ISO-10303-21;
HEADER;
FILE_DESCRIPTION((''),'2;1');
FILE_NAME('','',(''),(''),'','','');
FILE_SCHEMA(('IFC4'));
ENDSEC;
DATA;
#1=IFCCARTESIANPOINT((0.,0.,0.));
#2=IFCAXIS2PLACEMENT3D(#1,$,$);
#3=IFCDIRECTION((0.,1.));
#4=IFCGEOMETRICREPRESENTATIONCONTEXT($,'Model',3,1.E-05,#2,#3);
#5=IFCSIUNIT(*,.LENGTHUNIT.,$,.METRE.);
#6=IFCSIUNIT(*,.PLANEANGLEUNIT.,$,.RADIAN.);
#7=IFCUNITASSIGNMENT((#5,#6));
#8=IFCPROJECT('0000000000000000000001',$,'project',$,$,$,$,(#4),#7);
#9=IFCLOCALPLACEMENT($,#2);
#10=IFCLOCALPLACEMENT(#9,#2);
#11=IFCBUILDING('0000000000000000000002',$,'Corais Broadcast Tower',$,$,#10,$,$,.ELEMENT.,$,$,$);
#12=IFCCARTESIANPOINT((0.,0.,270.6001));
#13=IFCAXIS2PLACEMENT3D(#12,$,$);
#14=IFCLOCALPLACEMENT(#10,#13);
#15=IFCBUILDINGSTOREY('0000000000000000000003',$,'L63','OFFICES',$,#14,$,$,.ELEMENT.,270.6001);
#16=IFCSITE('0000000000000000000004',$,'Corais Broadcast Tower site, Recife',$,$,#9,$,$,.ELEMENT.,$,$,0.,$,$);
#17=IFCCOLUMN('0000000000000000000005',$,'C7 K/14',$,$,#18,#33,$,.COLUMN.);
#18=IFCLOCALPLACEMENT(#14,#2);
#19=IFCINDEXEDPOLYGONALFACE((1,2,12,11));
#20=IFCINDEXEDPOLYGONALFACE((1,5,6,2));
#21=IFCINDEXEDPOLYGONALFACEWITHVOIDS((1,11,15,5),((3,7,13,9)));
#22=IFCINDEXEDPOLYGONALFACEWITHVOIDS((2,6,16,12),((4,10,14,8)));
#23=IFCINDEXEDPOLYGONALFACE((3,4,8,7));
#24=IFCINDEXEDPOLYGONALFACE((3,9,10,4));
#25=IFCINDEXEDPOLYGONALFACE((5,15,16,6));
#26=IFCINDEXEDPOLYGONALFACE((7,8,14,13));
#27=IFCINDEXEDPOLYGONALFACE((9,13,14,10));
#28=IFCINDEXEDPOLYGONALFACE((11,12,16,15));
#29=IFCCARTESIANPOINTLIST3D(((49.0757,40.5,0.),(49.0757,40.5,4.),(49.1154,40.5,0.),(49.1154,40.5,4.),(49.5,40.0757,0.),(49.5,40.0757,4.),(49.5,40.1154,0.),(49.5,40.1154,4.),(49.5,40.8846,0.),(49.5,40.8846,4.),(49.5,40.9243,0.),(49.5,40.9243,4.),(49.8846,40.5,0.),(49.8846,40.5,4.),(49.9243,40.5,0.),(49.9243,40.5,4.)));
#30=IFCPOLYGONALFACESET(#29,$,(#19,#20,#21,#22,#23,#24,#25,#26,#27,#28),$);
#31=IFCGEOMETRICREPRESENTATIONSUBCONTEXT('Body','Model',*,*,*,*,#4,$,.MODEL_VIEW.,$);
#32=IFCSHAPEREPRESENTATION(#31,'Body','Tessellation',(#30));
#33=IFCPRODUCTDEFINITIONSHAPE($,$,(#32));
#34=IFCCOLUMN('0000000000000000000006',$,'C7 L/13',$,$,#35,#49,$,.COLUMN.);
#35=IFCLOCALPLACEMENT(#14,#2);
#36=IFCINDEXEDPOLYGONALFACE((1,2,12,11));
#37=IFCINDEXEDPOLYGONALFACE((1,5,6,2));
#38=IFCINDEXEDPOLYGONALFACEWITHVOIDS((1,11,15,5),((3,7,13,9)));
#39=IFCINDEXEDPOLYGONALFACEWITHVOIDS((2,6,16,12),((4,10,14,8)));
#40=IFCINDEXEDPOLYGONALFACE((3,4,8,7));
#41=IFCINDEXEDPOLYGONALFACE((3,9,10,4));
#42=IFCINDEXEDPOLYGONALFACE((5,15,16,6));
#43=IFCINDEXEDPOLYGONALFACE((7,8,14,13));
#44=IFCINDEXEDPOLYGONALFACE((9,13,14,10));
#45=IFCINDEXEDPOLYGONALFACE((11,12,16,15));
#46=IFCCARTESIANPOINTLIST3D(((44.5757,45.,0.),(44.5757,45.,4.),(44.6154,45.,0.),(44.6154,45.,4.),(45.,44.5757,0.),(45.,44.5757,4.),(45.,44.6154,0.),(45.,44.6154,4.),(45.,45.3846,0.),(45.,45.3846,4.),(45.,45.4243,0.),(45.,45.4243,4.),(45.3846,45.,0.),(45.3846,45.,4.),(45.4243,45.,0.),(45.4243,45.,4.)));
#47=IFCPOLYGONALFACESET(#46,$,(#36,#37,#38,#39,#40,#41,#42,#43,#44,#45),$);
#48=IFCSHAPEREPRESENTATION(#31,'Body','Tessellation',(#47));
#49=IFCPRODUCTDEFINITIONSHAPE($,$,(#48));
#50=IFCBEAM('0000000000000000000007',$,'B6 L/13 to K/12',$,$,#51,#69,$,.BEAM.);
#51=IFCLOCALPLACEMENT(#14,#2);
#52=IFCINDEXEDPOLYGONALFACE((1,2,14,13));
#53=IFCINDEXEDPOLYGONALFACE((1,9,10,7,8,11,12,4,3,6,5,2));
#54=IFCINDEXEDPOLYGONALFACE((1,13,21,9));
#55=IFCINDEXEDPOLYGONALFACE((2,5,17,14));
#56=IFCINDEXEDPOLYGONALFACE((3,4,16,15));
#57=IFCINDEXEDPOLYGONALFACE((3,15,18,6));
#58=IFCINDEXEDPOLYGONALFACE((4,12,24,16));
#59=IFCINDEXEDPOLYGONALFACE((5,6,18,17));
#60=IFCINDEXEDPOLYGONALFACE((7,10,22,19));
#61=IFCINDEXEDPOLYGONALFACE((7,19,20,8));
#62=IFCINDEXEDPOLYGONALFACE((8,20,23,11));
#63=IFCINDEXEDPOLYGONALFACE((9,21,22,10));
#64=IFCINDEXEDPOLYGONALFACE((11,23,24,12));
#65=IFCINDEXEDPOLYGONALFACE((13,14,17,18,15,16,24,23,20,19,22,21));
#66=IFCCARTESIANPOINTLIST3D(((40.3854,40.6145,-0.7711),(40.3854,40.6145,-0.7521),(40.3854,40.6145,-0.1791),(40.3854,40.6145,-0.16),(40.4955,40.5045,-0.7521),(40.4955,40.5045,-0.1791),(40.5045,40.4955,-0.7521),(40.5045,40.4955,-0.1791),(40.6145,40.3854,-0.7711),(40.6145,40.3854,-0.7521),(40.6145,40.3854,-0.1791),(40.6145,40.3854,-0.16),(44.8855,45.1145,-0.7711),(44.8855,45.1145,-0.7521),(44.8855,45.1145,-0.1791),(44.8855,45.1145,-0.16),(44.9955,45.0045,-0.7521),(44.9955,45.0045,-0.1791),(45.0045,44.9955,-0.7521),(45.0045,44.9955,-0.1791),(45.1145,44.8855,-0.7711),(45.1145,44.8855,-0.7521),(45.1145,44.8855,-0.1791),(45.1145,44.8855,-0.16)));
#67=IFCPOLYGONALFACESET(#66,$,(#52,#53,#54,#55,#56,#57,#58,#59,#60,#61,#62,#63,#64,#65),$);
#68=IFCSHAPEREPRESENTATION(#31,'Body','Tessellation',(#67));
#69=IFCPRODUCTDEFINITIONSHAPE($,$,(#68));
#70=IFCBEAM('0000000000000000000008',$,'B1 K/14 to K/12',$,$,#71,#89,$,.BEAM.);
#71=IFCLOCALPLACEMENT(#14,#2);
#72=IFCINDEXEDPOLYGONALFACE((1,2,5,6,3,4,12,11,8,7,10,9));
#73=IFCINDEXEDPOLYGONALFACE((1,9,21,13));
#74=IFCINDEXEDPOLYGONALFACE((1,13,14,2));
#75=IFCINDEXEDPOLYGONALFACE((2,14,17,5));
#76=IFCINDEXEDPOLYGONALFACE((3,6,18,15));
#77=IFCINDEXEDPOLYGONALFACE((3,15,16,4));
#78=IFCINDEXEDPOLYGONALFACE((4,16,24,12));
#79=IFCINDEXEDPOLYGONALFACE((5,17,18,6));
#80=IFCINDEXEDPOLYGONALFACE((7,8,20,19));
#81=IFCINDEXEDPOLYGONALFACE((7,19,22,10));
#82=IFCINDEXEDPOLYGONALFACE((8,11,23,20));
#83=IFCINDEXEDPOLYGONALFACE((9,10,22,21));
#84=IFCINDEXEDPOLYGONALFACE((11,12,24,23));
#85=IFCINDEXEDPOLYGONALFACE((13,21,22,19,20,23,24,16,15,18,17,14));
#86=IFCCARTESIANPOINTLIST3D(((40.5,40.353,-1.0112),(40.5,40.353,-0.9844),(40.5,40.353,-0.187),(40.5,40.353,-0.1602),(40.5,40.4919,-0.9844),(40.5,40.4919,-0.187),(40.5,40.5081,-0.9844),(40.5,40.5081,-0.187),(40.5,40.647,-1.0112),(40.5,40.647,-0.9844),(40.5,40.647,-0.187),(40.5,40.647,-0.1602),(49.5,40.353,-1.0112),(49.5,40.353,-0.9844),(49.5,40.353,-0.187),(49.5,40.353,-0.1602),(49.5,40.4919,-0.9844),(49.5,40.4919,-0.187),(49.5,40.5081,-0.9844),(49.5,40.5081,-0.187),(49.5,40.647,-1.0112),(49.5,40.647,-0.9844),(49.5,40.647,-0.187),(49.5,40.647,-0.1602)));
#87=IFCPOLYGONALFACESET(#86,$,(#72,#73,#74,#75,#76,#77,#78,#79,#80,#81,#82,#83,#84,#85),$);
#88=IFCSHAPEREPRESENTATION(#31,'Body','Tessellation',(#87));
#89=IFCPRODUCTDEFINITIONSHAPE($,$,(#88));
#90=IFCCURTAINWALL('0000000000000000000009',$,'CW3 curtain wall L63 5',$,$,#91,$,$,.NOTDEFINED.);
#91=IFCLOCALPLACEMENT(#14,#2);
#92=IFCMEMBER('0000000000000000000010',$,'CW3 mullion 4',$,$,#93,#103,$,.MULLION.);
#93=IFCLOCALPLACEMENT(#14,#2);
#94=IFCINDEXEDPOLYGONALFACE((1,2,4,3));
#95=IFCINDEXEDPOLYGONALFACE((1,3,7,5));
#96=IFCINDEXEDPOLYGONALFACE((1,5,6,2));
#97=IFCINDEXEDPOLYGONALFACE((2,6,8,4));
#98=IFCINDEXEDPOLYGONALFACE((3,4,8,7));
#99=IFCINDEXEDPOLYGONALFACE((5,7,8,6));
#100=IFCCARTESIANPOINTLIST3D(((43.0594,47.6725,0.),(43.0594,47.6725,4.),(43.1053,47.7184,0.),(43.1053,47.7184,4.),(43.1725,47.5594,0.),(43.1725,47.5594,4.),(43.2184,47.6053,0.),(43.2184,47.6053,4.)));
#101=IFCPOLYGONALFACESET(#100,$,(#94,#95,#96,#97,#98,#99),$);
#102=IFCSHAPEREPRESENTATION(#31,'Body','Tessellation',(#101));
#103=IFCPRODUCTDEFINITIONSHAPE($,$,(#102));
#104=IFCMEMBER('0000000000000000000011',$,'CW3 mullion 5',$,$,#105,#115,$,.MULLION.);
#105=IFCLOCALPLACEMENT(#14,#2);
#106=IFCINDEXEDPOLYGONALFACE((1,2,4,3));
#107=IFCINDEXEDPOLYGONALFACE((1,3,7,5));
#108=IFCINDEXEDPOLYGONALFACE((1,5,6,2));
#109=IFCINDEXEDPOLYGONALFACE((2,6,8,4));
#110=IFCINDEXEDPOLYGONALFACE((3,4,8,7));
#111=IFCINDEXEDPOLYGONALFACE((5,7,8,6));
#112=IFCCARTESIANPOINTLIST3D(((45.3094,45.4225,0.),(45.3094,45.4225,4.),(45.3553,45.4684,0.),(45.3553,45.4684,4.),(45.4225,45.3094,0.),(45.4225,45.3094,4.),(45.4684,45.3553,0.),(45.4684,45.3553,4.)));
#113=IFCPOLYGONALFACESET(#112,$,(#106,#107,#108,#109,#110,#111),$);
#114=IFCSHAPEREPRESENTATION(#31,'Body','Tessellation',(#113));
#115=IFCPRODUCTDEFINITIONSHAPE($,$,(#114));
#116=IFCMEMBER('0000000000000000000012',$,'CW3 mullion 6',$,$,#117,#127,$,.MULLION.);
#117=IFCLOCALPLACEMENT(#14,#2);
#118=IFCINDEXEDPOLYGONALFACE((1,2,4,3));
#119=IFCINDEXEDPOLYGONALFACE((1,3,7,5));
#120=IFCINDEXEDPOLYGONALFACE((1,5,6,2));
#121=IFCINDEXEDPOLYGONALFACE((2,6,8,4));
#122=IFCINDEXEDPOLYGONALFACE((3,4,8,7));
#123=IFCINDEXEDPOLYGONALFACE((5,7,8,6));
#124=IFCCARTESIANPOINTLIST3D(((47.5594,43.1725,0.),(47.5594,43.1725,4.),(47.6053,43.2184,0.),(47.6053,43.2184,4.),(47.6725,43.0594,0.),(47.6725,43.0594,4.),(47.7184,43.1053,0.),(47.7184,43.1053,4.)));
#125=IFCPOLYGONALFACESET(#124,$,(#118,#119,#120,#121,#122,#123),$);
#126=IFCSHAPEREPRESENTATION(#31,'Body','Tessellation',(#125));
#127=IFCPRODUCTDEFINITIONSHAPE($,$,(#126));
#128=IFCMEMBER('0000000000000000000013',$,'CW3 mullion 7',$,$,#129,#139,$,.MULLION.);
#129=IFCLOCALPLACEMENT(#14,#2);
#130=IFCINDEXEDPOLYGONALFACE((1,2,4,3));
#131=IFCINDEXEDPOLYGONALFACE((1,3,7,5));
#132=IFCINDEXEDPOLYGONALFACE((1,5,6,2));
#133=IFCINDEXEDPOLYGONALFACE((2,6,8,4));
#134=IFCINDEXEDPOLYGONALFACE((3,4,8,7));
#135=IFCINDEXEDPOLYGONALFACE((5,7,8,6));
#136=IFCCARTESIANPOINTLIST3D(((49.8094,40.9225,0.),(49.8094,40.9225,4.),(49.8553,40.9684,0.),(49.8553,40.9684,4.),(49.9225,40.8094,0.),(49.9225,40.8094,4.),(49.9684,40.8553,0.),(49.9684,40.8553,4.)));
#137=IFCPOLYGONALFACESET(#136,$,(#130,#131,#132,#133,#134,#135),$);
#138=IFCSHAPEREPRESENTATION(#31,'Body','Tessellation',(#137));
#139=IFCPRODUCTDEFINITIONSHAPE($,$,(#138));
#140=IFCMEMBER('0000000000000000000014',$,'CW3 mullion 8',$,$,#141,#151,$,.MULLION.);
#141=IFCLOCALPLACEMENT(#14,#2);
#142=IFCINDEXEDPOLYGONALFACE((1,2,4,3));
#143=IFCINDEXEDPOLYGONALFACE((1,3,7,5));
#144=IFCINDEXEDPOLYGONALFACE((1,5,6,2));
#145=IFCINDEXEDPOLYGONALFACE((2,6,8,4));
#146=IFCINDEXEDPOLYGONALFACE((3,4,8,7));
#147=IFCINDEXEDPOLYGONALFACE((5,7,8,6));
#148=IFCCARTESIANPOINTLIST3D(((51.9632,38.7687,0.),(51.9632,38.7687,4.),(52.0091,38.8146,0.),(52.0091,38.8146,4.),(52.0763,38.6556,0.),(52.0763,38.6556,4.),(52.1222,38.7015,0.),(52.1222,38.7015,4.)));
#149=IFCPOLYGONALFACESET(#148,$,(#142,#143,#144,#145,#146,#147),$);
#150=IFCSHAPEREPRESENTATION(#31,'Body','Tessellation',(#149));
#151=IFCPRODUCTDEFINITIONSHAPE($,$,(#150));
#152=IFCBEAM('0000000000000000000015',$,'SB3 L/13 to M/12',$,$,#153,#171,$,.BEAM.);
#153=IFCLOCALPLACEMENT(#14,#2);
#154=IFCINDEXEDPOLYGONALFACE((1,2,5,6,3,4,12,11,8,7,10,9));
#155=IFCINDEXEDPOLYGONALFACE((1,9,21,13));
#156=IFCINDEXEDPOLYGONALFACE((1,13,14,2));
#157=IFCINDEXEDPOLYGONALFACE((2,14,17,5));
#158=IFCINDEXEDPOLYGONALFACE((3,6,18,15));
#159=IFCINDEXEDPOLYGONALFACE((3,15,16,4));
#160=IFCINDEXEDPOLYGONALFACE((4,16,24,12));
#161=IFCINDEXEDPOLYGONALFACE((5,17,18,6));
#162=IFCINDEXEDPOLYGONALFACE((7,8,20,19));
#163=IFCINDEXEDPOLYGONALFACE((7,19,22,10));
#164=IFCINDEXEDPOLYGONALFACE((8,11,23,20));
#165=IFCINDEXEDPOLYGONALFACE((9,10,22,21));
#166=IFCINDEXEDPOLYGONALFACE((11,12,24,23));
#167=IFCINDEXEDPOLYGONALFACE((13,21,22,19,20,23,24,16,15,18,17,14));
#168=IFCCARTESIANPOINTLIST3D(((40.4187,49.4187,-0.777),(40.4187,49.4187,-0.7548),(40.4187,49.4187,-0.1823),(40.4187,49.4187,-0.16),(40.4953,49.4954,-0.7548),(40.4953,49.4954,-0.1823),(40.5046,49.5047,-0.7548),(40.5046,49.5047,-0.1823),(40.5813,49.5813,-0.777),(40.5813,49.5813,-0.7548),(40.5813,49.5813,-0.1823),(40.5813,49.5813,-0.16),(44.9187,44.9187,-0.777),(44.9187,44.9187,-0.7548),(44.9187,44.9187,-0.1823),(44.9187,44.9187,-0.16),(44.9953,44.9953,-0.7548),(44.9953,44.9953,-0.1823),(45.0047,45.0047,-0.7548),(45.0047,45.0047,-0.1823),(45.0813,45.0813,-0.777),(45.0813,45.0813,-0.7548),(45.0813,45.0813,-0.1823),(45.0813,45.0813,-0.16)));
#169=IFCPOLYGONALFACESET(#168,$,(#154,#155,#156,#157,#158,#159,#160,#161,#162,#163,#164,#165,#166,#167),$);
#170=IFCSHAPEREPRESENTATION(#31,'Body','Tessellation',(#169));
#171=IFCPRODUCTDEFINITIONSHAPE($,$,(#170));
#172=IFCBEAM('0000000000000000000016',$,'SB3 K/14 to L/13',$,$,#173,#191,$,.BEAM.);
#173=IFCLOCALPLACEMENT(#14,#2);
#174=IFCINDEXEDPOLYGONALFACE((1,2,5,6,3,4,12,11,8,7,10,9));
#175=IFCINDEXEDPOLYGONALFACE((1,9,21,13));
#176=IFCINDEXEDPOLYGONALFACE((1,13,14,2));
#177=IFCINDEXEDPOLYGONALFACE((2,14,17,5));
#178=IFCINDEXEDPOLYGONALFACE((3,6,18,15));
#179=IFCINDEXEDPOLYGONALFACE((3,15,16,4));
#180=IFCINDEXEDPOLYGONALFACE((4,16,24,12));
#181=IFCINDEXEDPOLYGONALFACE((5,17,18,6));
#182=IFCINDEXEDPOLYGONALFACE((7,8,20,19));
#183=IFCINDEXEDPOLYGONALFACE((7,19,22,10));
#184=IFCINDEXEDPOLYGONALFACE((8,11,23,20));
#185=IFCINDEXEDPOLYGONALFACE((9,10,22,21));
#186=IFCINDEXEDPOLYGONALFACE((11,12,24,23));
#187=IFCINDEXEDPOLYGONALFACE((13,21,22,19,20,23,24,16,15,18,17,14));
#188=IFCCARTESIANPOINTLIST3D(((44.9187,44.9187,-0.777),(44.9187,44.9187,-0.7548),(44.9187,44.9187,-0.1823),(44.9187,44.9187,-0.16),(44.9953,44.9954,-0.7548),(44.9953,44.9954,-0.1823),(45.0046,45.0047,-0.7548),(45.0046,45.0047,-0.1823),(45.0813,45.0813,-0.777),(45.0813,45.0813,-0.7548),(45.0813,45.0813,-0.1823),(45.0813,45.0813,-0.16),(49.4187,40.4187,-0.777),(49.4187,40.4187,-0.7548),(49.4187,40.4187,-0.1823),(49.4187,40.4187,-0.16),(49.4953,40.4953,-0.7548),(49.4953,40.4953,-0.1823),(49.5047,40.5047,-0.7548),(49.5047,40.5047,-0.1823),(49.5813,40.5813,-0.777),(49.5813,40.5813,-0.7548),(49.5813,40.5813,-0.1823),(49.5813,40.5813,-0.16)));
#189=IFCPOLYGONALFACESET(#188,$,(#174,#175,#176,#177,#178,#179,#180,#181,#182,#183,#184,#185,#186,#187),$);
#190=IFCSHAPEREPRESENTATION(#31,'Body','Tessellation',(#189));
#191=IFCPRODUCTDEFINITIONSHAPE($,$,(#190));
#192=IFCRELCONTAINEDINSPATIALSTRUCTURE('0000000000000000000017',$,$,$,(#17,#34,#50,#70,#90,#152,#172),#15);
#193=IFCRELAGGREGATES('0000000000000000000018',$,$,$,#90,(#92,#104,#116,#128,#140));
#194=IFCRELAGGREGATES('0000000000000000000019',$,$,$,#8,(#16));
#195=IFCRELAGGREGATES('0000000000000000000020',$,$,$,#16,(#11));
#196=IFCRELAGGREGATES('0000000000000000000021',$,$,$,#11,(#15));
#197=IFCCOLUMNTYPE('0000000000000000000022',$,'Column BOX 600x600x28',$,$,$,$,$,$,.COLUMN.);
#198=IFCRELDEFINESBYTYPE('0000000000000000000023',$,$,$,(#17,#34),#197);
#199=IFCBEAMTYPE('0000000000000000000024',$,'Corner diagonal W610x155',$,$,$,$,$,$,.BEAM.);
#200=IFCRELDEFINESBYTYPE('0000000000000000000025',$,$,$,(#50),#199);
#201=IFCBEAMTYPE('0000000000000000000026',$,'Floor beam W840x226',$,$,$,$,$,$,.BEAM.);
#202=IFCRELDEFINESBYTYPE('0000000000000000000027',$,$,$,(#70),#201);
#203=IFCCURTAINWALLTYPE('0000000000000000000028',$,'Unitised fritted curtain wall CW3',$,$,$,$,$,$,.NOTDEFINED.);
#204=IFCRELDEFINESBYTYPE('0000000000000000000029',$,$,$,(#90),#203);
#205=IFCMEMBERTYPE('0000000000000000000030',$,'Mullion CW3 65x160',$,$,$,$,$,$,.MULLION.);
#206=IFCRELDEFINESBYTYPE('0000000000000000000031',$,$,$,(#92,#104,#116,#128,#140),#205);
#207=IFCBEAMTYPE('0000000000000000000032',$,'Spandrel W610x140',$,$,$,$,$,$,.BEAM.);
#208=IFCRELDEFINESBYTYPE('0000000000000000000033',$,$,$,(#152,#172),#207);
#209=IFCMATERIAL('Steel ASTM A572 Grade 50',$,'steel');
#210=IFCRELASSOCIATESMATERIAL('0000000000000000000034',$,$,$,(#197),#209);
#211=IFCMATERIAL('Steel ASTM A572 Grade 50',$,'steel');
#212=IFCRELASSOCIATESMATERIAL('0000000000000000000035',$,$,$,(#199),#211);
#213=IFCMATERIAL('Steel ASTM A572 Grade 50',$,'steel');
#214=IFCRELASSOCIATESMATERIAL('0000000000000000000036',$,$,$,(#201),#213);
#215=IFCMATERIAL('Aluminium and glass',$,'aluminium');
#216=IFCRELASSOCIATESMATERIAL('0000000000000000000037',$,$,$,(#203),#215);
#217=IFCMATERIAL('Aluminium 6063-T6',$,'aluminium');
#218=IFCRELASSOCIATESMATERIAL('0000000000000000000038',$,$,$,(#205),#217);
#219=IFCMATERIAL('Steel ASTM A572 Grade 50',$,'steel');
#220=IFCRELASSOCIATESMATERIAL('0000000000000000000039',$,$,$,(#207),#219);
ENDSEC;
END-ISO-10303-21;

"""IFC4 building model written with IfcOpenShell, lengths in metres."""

from ifc_helpers import new_model, si_unit, direction, frame, origin, origin_2d, place, context, subcontext, project, spatial, rectangle, hollow_rectangle, i_section, extrude, material, material_profile, profile_set, type_object, element, aggregate, save


model = new_model("IFC4")

# Units and contexts
model_context = context("Model", 3, precision=1e-05, world=origin(), true_north=direction((0.0, 1.0)))
body_context = subcontext(model_context, "Body", "Model", "MODEL_VIEW")
ifc_project = project(units=[si_unit("LENGTHUNIT", "METRE"), si_unit("PLANEANGLEUNIT", "RADIAN")], contexts=[model_context])

# Site, building, storey
site_placement = place(None, origin())
site = spatial("IfcSite", under=ifc_project, at=site_placement, Name="Corais Broadcast Tower site, Recife", CompositionType="ELEMENT", RefElevation=0.0)
building_placement = place(site_placement, origin())
building = spatial("IfcBuilding", under=site, at=building_placement, Name="Corais Broadcast Tower", CompositionType="ELEMENT")
storey_placement = place(building_placement, frame((0.0, 0.0, 270.6001)))
storey = spatial("IfcBuildingStorey", under=building, at=storey_placement, Name="L63", Description="OFFICES", CompositionType="ELEMENT", Elevation=270.6001)

# Columns
ifc_material_1 = material(Name="Steel ASTM A572 Grade 50", Category="steel")
ifc_material_profile_1 = material_profile(ifc_material_1, hollow_rectangle(XDim=0.6001, YDim=0.6001, WallThickness=0.0281, at=origin_2d()), Name="BOX 600x600x28")
ifc_profile_set_1 = profile_set([ifc_material_profile_1], Name="Steel ASTM A572 Grade 50")
column_type = type_object("IfcColumnType", Name="Column BOX 600x600x28", PredefinedType="COLUMN", material=ifc_profile_set_1)
for number, where, z_axis, x_axis, name in (
    (1, (49.5, 40.5, 0.0), (0.0, 0.0, 1.0), (0.707107, 0.707107, 0.0), "C7 K/14"),
    (2, (45.0, 45.0, 0.0), (0.0, 0.0, 1.0), (0.707107, 0.707107, 0.0), "C7 L/13"),
):
    element("IfcColumn", number, at=place(storey_placement, frame(where, z_axis=z_axis, x_axis=x_axis)), inside=storey, type_object=column_type, Name=name, PredefinedType="COLUMN", context=body_context, shape_type="SweptSolid", body=[
        extrude(hollow_rectangle(XDim=0.6001, YDim=0.6001, WallThickness=0.0281, at=origin_2d()), origin(), (0.0, 0.0, 1.0), 4.0),
    ])

# Beams
ifc_material_2 = material(Name="Steel ASTM A572 Grade 50", Category="steel")
ifc_material_profile_2 = material_profile(ifc_material_2, i_section(OverallWidth=0.324, OverallDepth=0.6111, WebThickness=0.0127, FlangeThickness=0.019, at=origin_2d()), Name="W610x155")
ifc_profile_set_2 = profile_set([ifc_material_profile_2], Name="Steel ASTM A572 Grade 50")
beam_type_1 = type_object("IfcBeamType", Name="Corner diagonal W610x155", PredefinedType="BEAM", material=ifc_profile_set_2)
beam_1_placement = place(storey_placement, frame((45.0, 45.0, -0.4656), z_axis=(-0.707107, -0.707107, 0.0), x_axis=(0.707107, -0.707107, 0.0)))
element("IfcBeam", 3, at=beam_1_placement, inside=storey, type_object=beam_type_1, Name="B6 L/13 to K/12", PredefinedType="BEAM", context=body_context, shape_type="SweptSolid", body=[
    extrude(i_section(OverallWidth=0.324, OverallDepth=0.6111, WebThickness=0.0127, FlangeThickness=0.019, at=origin_2d()), origin(), (0.0, 0.0, 1.0), 6.364),
])
ifc_material_3 = material(Name="Steel ASTM A572 Grade 50", Category="steel")
ifc_material_profile_3 = material_profile(ifc_material_3, i_section(OverallWidth=0.2939, OverallDepth=0.8511, WebThickness=0.0161, FlangeThickness=0.0269, at=origin_2d()), Name="W840x226")
ifc_profile_set_3 = profile_set([ifc_material_profile_3], Name="Steel ASTM A572 Grade 50")
beam_type_2 = type_object("IfcBeamType", Name="Floor beam W840x226", PredefinedType="BEAM", material=ifc_profile_set_3)
beam_2_placement = place(storey_placement, frame((49.5, 40.5, -0.5857), z_axis=(-1.0, 0.0, 0.0), x_axis=(0.0, -1.0, 0.0)))
element("IfcBeam", 4, at=beam_2_placement, inside=storey, type_object=beam_type_2, Name="B1 K/14 to K/12", PredefinedType="BEAM", context=body_context, shape_type="SweptSolid", body=[
    extrude(i_section(OverallWidth=0.2939, OverallDepth=0.8511, WebThickness=0.0161, FlangeThickness=0.0269, at=origin_2d()), origin(), (0.0, 0.0, 1.0), 9.0),
])

# Curtain wall, members
ifc_material_4 = material(Name="Aluminium and glass", Category="aluminium")
curtain_wall_type = type_object("IfcCurtainWallType", Name="Unitised fritted curtain wall CW3", PredefinedType="NOTDEFINED", material=ifc_material_4)
curtain_wall_placement = place(storey_placement, origin())
curtain_wall = element("IfcCurtainWall", 5, at=curtain_wall_placement, inside=storey, type_object=curtain_wall_type, Name="CW3 curtain wall L63 5", PredefinedType="NOTDEFINED")
ifc_material_5 = material(Name="Aluminium 6063-T6", Category="aluminium")
ifc_material_profile_4 = material_profile(ifc_material_5, rectangle(XDim=0.0649, YDim=0.1599, at=origin_2d()), Name="Mullion CW3 65x160")
ifc_profile_set_4 = profile_set([ifc_material_profile_4], Name="Aluminium 6063-T6")
member_type_1 = type_object("IfcMemberType", Name="Mullion CW3 65x160", PredefinedType="MULLION", material=ifc_profile_set_4)
member_1_placement = place(storey_placement, frame((43.1389, 47.6389, 0.0), z_axis=(0.0, 0.0, 1.0), x_axis=(0.707107, 0.707107, 0.0)))
member_1 = element("IfcMember", 6, at=member_1_placement, type_object=member_type_1, Name="CW3 mullion 4", PredefinedType="MULLION", context=body_context, shape_type="SweptSolid", body=[
    extrude(rectangle(XDim=0.0649, YDim=0.1599, at=origin_2d()), origin(), (0.0, 0.0, 1.0), 4.0),
])
member_2_placement = place(storey_placement, frame((45.3889, 45.3889, 0.0), z_axis=(0.0, 0.0, 1.0), x_axis=(0.707107, 0.707107, 0.0)))
member_2 = element("IfcMember", 7, at=member_2_placement, type_object=member_type_1, Name="CW3 mullion 5", PredefinedType="MULLION", context=body_context, shape_type="SweptSolid", body=[
    extrude(rectangle(XDim=0.0649, YDim=0.1599, at=origin_2d()), origin(), (0.0, 0.0, 1.0), 4.0),
])
member_3_placement = place(storey_placement, frame((47.6389, 43.1389, 0.0), z_axis=(0.0, 0.0, 1.0), x_axis=(0.707107, 0.707107, 0.0)))
member_3 = element("IfcMember", 8, at=member_3_placement, type_object=member_type_1, Name="CW3 mullion 6", PredefinedType="MULLION", context=body_context, shape_type="SweptSolid", body=[
    extrude(rectangle(XDim=0.0649, YDim=0.1599, at=origin_2d()), origin(), (0.0, 0.0, 1.0), 4.0),
])
member_4_placement = place(storey_placement, frame((49.8889, 40.8889, 0.0), z_axis=(0.0, 0.0, 1.0), x_axis=(0.707107, 0.707107, 0.0)))
member_4 = element("IfcMember", 9, at=member_4_placement, type_object=member_type_1, Name="CW3 mullion 7", PredefinedType="MULLION", context=body_context, shape_type="SweptSolid", body=[
    extrude(rectangle(XDim=0.0649, YDim=0.1599, at=origin_2d()), origin(), (0.0, 0.0, 1.0), 4.0),
])
member_5_placement = place(storey_placement, frame((52.0427, 38.7351, 0.0), z_axis=(0.0, 0.0, 1.0), x_axis=(0.707107, 0.707107, 0.0)))
member_5 = element("IfcMember", 10, at=member_5_placement, type_object=member_type_1, Name="CW3 mullion 8", PredefinedType="MULLION", context=body_context, shape_type="SweptSolid", body=[
    extrude(rectangle(XDim=0.0649, YDim=0.1599, at=origin_2d()), origin(), (0.0, 0.0, 1.0), 4.0),
])

# Beams
ifc_material_6 = material(Name="Steel ASTM A572 Grade 50", Category="steel")
ifc_material_profile_5 = material_profile(ifc_material_6, i_section(OverallWidth=0.23, OverallDepth=0.6169, WebThickness=0.0132, FlangeThickness=0.0222, at=origin_2d()), Name="W610x140")
ifc_profile_set_5 = profile_set([ifc_material_profile_5], Name="Steel ASTM A572 Grade 50")
beam_type_3 = type_object("IfcBeamType", Name="Spandrel W610x140", PredefinedType="BEAM", material=ifc_profile_set_5)
for number, where, z_axis, x_axis, name in (
    (11, (45.0, 45.0, -0.4685), (-0.707107, 0.707107, 0.0), (-0.707107, -0.707107, 0.0), "SB3 L/13 to M/12"),
    (12, (49.5, 40.5, -0.4685), (-0.707107, 0.707107, 0.0), (-0.707107, -0.707107, 0.0), "SB3 K/14 to L/13"),
):
    element("IfcBeam", number, at=place(storey_placement, frame(where, z_axis=z_axis, x_axis=x_axis)), inside=storey, type_object=beam_type_3, Name=name, PredefinedType="BEAM", context=body_context, shape_type="SweptSolid", body=[
        extrude(i_section(OverallWidth=0.23, OverallDepth=0.6169, WebThickness=0.0132, FlangeThickness=0.0222, at=origin_2d()), origin(), (0.0, 0.0, 1.0), 6.364),
    ])

aggregate(curtain_wall, [member_1, member_2, member_3, member_4, member_5])

save(model, "model.ifc")
